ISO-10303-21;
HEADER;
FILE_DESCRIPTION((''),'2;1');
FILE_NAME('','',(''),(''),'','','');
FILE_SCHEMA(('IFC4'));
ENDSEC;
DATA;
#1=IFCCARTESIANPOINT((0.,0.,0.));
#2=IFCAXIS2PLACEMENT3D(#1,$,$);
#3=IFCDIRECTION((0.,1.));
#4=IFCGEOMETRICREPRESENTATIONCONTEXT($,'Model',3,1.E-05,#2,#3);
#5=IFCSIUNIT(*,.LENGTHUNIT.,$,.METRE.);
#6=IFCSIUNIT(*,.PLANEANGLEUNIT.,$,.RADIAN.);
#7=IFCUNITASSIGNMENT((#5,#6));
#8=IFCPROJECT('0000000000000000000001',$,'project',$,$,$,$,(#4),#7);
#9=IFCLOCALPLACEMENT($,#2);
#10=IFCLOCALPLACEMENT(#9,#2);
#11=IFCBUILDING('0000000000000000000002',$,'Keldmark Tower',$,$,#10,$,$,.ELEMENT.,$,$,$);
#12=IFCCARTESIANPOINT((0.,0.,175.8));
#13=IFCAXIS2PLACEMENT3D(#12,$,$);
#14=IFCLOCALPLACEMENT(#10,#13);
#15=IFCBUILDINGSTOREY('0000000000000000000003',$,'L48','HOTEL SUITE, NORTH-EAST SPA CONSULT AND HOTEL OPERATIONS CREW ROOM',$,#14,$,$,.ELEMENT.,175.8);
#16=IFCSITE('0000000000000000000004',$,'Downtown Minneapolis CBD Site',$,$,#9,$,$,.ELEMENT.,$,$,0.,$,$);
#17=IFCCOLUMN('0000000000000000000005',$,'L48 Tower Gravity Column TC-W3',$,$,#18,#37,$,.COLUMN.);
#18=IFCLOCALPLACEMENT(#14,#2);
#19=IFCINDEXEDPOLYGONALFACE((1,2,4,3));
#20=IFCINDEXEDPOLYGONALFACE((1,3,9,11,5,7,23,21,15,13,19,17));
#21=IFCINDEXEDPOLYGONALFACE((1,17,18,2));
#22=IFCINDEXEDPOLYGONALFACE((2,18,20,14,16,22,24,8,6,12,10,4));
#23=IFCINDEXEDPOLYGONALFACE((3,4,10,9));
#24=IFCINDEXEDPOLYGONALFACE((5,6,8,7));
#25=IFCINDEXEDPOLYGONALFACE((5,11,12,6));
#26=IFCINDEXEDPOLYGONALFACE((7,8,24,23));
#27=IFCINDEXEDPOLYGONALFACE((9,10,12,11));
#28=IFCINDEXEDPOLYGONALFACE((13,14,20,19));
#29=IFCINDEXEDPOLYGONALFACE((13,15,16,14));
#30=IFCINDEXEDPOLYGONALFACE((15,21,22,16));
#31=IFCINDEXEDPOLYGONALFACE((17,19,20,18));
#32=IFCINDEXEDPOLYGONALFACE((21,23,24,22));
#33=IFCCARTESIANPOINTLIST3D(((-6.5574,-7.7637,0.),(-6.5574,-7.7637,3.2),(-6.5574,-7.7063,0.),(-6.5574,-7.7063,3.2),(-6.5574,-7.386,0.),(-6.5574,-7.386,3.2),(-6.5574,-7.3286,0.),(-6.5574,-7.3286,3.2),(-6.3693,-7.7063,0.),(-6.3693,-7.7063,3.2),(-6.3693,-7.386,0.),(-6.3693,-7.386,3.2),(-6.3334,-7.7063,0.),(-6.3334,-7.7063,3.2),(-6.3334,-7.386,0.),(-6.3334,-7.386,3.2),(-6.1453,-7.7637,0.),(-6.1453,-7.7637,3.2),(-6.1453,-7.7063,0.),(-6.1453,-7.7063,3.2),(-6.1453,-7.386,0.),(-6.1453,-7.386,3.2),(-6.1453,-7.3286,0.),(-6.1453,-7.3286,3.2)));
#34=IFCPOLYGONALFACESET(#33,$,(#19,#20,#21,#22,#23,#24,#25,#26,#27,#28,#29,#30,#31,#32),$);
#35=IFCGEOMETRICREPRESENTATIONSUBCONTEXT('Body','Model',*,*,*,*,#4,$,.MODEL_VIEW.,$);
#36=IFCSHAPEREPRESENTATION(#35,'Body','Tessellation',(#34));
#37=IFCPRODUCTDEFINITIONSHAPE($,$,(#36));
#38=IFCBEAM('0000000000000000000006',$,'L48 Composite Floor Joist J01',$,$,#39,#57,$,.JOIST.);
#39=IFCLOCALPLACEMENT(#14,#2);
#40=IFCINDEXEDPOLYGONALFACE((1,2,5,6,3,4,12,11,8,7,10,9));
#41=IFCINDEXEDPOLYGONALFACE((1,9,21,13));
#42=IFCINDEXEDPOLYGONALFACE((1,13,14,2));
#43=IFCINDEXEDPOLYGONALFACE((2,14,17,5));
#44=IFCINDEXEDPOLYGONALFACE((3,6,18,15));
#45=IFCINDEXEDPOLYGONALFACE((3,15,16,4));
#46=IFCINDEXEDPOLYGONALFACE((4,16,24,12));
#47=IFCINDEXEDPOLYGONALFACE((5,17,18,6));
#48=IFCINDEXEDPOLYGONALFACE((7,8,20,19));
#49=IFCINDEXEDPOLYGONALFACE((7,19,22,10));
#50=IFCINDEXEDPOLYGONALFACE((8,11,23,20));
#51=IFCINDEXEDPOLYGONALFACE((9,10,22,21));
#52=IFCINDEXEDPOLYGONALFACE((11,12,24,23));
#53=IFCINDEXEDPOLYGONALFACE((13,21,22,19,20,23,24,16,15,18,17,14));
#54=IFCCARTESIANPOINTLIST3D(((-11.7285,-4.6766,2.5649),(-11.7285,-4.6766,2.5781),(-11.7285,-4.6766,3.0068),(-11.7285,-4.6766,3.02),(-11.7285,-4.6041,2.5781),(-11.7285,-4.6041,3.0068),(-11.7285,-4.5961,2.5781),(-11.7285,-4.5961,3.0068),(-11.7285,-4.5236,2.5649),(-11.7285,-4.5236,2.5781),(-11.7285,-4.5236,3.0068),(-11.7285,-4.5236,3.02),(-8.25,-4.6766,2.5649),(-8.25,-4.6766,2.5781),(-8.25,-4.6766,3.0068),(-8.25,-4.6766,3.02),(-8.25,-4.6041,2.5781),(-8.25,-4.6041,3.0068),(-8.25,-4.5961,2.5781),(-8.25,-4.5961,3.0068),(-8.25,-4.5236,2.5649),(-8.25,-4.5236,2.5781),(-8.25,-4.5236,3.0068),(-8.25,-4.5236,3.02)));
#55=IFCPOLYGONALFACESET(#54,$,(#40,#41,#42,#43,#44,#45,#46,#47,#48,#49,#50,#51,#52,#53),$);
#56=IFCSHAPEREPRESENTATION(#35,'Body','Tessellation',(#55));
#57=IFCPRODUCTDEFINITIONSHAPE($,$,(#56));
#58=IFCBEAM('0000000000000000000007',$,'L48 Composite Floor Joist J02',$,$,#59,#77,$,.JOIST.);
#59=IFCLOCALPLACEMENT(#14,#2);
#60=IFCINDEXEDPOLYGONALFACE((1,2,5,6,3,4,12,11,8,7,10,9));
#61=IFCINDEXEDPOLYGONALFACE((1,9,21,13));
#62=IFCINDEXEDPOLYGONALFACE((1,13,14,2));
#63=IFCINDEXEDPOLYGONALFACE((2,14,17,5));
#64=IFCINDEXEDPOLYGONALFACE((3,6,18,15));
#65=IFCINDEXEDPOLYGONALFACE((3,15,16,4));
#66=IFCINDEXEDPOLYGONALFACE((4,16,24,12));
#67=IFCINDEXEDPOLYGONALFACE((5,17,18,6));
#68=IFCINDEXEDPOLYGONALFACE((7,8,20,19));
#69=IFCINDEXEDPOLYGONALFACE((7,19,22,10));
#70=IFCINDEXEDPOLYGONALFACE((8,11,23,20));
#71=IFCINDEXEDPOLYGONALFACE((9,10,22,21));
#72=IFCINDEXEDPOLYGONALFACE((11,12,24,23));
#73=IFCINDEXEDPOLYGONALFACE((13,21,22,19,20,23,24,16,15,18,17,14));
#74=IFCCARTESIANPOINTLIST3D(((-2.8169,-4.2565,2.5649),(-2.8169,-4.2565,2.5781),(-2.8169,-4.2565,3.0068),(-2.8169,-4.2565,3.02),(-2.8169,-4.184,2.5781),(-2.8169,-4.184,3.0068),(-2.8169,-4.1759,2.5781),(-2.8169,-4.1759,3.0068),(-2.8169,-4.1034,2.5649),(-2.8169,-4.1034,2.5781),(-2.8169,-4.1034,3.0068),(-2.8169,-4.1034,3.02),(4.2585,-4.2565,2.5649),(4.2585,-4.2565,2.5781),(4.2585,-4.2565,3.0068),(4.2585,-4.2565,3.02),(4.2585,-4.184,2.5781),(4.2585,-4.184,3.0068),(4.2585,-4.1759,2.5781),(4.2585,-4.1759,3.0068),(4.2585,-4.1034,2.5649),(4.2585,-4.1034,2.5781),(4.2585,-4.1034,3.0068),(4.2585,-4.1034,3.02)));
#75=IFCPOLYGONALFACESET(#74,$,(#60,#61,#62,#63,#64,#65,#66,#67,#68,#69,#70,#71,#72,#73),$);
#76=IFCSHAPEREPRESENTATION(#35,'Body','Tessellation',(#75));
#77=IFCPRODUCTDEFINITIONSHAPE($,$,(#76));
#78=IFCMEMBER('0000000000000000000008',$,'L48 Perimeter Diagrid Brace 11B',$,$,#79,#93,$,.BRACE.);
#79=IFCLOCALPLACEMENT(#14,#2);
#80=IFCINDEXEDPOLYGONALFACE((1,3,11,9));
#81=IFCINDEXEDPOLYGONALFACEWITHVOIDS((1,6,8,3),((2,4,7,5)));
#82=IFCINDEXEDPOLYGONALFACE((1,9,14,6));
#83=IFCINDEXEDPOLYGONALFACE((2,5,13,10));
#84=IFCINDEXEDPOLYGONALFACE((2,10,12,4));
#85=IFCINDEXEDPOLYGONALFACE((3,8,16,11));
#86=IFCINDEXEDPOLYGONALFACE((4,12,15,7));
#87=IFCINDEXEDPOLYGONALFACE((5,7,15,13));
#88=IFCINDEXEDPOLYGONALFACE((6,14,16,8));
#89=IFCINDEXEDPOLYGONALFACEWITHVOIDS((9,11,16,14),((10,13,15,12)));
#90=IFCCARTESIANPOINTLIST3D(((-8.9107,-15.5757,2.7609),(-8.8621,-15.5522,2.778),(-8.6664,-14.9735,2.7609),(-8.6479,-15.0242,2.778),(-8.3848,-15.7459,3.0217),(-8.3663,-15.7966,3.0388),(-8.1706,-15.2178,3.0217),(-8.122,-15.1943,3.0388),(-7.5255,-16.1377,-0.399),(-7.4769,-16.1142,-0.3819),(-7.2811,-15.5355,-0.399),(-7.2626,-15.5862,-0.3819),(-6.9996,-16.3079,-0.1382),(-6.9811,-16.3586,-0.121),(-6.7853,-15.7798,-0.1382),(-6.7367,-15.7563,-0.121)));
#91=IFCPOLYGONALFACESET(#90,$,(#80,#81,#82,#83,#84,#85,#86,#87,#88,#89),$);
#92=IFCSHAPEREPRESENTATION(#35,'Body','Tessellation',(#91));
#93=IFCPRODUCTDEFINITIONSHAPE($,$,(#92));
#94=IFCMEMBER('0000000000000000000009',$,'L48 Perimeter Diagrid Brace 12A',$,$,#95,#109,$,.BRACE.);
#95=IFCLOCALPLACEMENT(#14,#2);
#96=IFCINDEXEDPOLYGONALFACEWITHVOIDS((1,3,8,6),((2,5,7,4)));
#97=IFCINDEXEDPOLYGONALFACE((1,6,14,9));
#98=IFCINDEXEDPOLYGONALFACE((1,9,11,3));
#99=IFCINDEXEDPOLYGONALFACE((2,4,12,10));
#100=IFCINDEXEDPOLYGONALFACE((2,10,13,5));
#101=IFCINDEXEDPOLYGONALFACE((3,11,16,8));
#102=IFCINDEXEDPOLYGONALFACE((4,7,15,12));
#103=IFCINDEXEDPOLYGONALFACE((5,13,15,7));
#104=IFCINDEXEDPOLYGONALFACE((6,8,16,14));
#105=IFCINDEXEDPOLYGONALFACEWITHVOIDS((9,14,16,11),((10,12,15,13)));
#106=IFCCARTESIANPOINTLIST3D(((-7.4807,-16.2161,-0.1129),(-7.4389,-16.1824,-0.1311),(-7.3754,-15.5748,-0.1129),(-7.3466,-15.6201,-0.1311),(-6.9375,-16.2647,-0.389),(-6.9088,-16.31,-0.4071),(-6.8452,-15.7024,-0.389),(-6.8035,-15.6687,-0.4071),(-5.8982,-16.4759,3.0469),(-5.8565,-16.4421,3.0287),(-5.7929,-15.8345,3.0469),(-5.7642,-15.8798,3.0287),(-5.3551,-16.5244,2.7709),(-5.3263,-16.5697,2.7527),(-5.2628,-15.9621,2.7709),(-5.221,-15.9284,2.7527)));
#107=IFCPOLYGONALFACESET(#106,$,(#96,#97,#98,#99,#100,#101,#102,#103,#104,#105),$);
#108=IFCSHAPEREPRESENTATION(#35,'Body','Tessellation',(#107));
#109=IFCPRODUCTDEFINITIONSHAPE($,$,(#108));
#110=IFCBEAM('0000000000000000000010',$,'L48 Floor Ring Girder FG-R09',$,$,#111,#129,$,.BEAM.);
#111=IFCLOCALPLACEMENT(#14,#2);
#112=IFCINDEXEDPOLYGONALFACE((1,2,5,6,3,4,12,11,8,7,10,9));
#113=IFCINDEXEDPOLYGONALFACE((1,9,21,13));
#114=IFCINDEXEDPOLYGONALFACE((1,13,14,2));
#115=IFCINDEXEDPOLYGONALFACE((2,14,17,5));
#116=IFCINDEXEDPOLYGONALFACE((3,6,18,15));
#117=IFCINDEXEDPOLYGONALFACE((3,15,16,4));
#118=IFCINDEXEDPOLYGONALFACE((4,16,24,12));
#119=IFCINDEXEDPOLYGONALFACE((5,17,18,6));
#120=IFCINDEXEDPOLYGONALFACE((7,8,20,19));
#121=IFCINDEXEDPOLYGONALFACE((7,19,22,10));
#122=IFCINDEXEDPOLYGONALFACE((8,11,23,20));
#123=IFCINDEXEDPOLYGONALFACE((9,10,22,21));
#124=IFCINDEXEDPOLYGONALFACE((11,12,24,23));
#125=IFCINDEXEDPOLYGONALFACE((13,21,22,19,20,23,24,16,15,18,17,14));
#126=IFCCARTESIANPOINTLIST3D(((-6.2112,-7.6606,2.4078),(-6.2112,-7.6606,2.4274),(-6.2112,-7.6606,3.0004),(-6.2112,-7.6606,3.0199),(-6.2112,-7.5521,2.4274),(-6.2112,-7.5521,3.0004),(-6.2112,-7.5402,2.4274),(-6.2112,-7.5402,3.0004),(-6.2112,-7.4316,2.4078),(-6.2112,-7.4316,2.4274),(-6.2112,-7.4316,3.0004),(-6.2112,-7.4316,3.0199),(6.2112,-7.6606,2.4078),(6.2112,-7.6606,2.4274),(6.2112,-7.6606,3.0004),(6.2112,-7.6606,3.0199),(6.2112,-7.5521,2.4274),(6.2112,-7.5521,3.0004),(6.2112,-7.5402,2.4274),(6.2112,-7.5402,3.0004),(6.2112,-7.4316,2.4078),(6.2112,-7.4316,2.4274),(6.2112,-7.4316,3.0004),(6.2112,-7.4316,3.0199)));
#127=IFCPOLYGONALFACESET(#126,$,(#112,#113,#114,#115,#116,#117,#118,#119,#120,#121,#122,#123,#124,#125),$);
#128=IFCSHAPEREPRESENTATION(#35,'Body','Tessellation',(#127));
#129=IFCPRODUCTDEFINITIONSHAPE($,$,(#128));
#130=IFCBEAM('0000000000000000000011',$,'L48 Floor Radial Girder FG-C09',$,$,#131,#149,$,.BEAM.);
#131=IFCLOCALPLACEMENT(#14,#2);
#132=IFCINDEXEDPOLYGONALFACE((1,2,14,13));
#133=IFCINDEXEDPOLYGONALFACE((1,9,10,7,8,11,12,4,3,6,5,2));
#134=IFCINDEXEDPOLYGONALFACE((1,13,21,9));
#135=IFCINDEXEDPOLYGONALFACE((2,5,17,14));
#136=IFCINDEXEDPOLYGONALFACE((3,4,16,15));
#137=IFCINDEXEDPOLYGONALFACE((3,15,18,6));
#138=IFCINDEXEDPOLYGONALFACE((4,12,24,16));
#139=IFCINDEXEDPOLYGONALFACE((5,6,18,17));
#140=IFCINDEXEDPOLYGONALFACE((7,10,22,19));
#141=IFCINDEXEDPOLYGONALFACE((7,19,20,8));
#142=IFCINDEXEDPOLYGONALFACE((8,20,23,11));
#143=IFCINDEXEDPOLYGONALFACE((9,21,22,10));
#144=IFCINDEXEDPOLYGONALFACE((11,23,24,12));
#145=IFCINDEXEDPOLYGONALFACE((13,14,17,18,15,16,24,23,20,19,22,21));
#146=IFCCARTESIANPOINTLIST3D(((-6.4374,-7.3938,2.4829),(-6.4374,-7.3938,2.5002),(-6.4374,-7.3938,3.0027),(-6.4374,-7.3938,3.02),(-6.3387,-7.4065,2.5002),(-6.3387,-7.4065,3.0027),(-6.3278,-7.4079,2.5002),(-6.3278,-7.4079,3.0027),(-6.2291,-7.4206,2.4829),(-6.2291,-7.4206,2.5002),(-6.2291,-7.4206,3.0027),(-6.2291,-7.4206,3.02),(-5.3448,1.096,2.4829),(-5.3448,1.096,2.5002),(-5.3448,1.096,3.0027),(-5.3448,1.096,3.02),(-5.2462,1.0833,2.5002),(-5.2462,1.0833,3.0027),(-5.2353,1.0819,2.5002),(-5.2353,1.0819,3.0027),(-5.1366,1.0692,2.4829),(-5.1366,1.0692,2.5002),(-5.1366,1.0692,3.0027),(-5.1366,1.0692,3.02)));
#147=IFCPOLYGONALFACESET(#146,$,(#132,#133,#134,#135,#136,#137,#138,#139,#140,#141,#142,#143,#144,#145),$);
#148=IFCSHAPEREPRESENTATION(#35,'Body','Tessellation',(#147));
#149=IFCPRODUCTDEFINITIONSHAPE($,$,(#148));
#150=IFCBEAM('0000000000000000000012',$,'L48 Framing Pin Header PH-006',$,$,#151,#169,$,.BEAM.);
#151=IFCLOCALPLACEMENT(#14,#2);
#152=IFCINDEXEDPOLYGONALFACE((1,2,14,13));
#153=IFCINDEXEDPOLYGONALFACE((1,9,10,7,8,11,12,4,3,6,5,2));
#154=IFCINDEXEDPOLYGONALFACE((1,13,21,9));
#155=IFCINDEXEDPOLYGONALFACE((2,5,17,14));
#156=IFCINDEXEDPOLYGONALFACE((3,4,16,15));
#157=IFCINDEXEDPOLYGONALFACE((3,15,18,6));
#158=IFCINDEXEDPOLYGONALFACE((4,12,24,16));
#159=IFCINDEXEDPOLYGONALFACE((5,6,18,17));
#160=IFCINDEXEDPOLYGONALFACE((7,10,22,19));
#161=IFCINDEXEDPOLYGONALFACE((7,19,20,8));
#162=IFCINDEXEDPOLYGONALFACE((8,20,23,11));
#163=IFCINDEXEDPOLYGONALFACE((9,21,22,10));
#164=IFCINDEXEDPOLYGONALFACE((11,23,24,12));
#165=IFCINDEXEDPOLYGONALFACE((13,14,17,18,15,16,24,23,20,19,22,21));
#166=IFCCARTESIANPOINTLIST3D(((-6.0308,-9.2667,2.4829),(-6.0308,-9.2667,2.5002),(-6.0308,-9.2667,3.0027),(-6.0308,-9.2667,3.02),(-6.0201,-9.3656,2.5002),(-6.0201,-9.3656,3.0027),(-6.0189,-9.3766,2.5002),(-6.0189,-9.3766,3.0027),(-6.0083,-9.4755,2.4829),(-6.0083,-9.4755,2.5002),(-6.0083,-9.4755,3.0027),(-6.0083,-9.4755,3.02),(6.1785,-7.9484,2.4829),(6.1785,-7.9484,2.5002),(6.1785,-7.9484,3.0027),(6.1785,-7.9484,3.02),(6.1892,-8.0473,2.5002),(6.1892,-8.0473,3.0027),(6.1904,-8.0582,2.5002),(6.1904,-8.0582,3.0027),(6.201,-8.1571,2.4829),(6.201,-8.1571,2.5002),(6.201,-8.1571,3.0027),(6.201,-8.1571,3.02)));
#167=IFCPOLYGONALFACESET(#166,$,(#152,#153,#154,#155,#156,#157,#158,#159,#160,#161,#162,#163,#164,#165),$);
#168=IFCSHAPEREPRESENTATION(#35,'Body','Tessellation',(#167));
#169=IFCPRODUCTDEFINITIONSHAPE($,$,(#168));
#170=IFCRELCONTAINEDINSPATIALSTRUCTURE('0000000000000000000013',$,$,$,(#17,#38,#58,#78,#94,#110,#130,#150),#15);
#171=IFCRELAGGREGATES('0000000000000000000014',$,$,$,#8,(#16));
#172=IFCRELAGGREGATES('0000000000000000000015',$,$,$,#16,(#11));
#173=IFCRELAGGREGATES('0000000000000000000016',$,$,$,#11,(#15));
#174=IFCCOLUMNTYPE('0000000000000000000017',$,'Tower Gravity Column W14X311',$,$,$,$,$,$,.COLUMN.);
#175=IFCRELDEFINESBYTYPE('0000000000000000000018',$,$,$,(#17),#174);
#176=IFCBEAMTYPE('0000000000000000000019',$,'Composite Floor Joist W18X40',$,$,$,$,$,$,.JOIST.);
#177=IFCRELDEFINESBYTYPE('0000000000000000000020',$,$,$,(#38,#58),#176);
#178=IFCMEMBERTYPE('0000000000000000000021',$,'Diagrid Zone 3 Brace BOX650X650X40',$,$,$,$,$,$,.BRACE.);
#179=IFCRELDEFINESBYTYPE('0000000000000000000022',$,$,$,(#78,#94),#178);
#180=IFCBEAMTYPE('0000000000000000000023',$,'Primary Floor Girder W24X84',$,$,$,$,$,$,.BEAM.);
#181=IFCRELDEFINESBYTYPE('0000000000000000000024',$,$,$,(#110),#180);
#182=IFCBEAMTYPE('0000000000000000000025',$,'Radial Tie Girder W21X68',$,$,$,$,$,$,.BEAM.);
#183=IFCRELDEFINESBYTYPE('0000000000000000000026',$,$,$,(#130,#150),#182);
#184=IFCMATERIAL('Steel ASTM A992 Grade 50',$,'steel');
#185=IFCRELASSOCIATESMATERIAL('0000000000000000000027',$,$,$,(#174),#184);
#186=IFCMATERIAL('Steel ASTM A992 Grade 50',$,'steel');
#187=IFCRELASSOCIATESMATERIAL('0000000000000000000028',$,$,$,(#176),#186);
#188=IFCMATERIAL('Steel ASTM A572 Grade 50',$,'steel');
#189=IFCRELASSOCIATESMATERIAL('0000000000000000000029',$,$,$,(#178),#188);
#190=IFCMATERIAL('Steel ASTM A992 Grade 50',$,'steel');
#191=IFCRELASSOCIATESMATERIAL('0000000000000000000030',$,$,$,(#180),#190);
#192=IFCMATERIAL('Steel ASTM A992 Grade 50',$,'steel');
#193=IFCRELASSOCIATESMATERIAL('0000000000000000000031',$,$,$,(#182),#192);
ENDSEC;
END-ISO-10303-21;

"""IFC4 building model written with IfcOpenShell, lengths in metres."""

from ifc_helpers import new_model, si_unit, direction, frame, origin, origin_2d, place, context, subcontext, project, spatial, hollow_rectangle, i_section, extrude, material, material_profile, profile_set, type_object, element, save


model = new_model("IFC4")

# Units and contexts
model_context = context("Model", 3, precision=1e-05, world=origin(), true_north=direction((0.0, 1.0)))
body_context = subcontext(model_context, "Body", "Model", "MODEL_VIEW")
ifc_project = project(units=[si_unit("LENGTHUNIT", "METRE"), si_unit("PLANEANGLEUNIT", "RADIAN")], contexts=[model_context])

# Site, building, storey
site_placement = place(None, origin())
site = spatial("IfcSite", under=ifc_project, at=site_placement, Name="Downtown Minneapolis CBD Site", CompositionType="ELEMENT", RefElevation=0.0)
building_placement = place(site_placement, origin())
building = spatial("IfcBuilding", under=site, at=building_placement, Name="Keldmark Tower", CompositionType="ELEMENT")
storey_placement = place(building_placement, frame((0.0, 0.0, 175.8)))
storey = spatial("IfcBuildingStorey", under=building, at=storey_placement, Name="L48", Description="HOTEL SUITE, NORTH-EAST SPA CONSULT AND HOTEL OPERATIONS CREW ROOM", CompositionType="ELEMENT", Elevation=175.8)

# Column
ifc_material_1 = material(Name="Steel ASTM A992 Grade 50", Category="steel")
ifc_material_profile_1 = material_profile(ifc_material_1, i_section(OverallWidth=0.4121, OverallDepth=0.4351, WebThickness=0.0359, FlangeThickness=0.0574, at=origin_2d()), Name="W14X311")
ifc_profile_set_1 = profile_set([ifc_material_profile_1], Name="Steel ASTM A992 Grade 50")
column_type = type_object("IfcColumnType", Name="Tower Gravity Column W14X311", PredefinedType="COLUMN", material=ifc_profile_set_1)
column_placement = place(storey_placement, frame((-6.3513, -7.5461, 0.0), z_axis=(0.0, 0.0, 1.0), x_axis=(1.0, 0.0, 0.0)))
element("IfcColumn", 1, at=column_placement, inside=storey, type_object=column_type, Name="L48 Tower Gravity Column TC-W3", PredefinedType="COLUMN", context=body_context, shape_type="SweptSolid", body=[
    extrude(i_section(OverallWidth=0.4121, OverallDepth=0.4351, WebThickness=0.0359, FlangeThickness=0.0574, at=origin_2d()), origin(), (0.0, 0.0, 1.0), 3.2),
])

# Beams
ifc_material_2 = material(Name="Steel ASTM A992 Grade 50", Category="steel")
ifc_material_profile_2 = material_profile(ifc_material_2, i_section(OverallWidth=0.1531, OverallDepth=0.4551, WebThickness=0.0081, FlangeThickness=0.0132, at=origin_2d()), Name="W18X40")
ifc_profile_set_2 = profile_set([ifc_material_profile_2], Name="Steel ASTM A992 Grade 50")
beam_type_1 = type_object("IfcBeamType", Name="Composite Floor Joist W18X40", PredefinedType="JOIST", material=ifc_profile_set_2)
beam_1_placement = place(storey_placement, frame((-11.7285, -4.6001, 2.7925), z_axis=(1.0, 0.0, 0.0), x_axis=(0.0, 1.0, 0.0)))
element("IfcBeam", 2, at=beam_1_placement, inside=storey, type_object=beam_type_1, Name="L48 Composite Floor Joist J01", PredefinedType="JOIST", context=body_context, shape_type="SweptSolid", body=[
    extrude(i_section(OverallWidth=0.1531, OverallDepth=0.4551, WebThickness=0.0081, FlangeThickness=0.0132, at=origin_2d()), origin(), (0.0, 0.0, 1.0), 3.4785),
])
beam_2_placement = place(storey_placement, frame((-2.8169, -4.1799, 2.7925), z_axis=(1.0, 0.0, 0.0), x_axis=(0.0, 1.0, 0.0)))
element("IfcBeam", 3, at=beam_2_placement, inside=storey, type_object=beam_type_1, Name="L48 Composite Floor Joist J02", PredefinedType="JOIST", context=body_context, shape_type="SweptSolid", body=[
    extrude(i_section(OverallWidth=0.1531, OverallDepth=0.4551, WebThickness=0.0081, FlangeThickness=0.0132, at=origin_2d()), origin(), (0.0, 0.0, 1.0), 7.0754),
])

# Members
ifc_material_3 = material(Name="Steel ASTM A572 Grade 50", Category="steel")
ifc_material_profile_3 = material_profile(ifc_material_3, hollow_rectangle(XDim=0.6499, YDim=0.6499, WallThickness=0.04, at=origin_2d()), Name="BOX650X650X40")
ifc_profile_set_3 = profile_set([ifc_material_profile_3], Name="Steel ASTM A572 Grade 50")
member_type = type_object("IfcMemberType", Name="Diagrid Zone 3 Brace BOX650X650X40", PredefinedType="BRACE", material=ifc_profile_set_3)
member_1_placement = place(storey_placement, frame((-7.1311, -15.947, -0.26), z_axis=(-0.396275, 0.160773, 0.903946), x_axis=(-0.375948, -0.926641, 0.0)))
element("IfcMember", 4, at=member_1_placement, inside=storey, type_object=member_type, Name="L48 Perimeter Diagrid Brace 11B", PredefinedType="BRACE", context=body_context, shape_type="SweptSolid", body=[
    extrude(hollow_rectangle(XDim=0.6499, YDim=0.6499, WallThickness=0.04, at=origin_2d()), origin(), (0.0, 0.0, 1.0), 3.4956),
])
member_2_placement = place(storey_placement, frame((-7.1421, -15.9424, -0.26), z_axis=(0.446589, -0.073306, 0.891731), x_axis=(0.161979, 0.986794, 0.0)))
element("IfcMember", 5, at=member_2_placement, inside=storey, type_object=member_type, Name="L48 Perimeter Diagrid Brace 12A", PredefinedType="BRACE", context=body_context, shape_type="SweptSolid", body=[
    extrude(hollow_rectangle(XDim=0.6499, YDim=0.6499, WallThickness=0.04, at=origin_2d()), origin(), (0.0, 0.0, 1.0), 3.5435),
])

# Beams
ifc_material_4 = material(Name="Steel ASTM A992 Grade 50", Category="steel")
ifc_material_profile_4 = material_profile(ifc_material_4, i_section(OverallWidth=0.229, OverallDepth=0.6121, WebThickness=0.012, FlangeThickness=0.0195, at=origin_2d()), Name="W24X84")
ifc_profile_set_4 = profile_set([ifc_material_profile_4], Name="Steel ASTM A992 Grade 50")
beam_type_2 = type_object("IfcBeamType", Name="Primary Floor Girder W24X84", PredefinedType="BEAM", material=ifc_profile_set_4)
beam_3_placement = place(storey_placement, frame((-6.2112, -7.5461, 2.7139), z_axis=(1.0, 0.0, 0.0), x_axis=(0.0, 1.0, 0.0)))
element("IfcBeam", 6, at=beam_3_placement, inside=storey, type_object=beam_type_2, Name="L48 Floor Ring Girder FG-R09", PredefinedType="BEAM", context=body_context, shape_type="SweptSolid", body=[
    extrude(i_section(OverallWidth=0.229, OverallDepth=0.6121, WebThickness=0.012, FlangeThickness=0.0195, at=origin_2d()), origin(), (0.0, 0.0, 1.0), 12.4224),
])
ifc_material_5 = material(Name="Steel ASTM A992 Grade 50", Category="steel")
ifc_material_profile_5 = material_profile(ifc_material_5, i_section(OverallWidth=0.21, OverallDepth=0.5371, WebThickness=0.011, FlangeThickness=0.0173, at=origin_2d()), Name="W21X68")
ifc_profile_set_5 = profile_set([ifc_material_profile_5], Name="Steel ASTM A992 Grade 50")
beam_type_3 = type_object("IfcBeamType", Name="Radial Tie Girder W21X68", PredefinedType="BEAM", material=ifc_profile_set_5)
beam_4_placement = place(storey_placement, frame((-6.3333, -7.4072, 2.7515), z_axis=(0.127636, 0.991821, 0.0), x_axis=(-0.991821, 0.127636, 0.0)))
element("IfcBeam", 7, at=beam_4_placement, inside=storey, type_object=beam_type_3, Name="L48 Floor Radial Girder FG-C09", PredefinedType="BEAM", context=body_context, shape_type="SweptSolid", body=[
    extrude(i_section(OverallWidth=0.21, OverallDepth=0.5371, WebThickness=0.011, FlangeThickness=0.0173, at=origin_2d()), origin(), (0.0, 0.0, 1.0), 8.5598),
])
beam_5_placement = place(storey_placement, frame((-6.0195, -9.3711, 2.7515), z_axis=(0.994221, 0.107356, 0.0), x_axis=(-0.107356, 0.994221, 0.0)))
element("IfcBeam", 8, at=beam_5_placement, inside=storey, type_object=beam_type_3, Name="L48 Framing Pin Header PH-006", PredefinedType="BEAM", context=body_context, shape_type="SweptSolid", body=[
    extrude(i_section(OverallWidth=0.21, OverallDepth=0.5371, WebThickness=0.011, FlangeThickness=0.0173, at=origin_2d()), origin(), (0.0, 0.0, 1.0), 12.2803),
])

save(model, "model.ifc")
